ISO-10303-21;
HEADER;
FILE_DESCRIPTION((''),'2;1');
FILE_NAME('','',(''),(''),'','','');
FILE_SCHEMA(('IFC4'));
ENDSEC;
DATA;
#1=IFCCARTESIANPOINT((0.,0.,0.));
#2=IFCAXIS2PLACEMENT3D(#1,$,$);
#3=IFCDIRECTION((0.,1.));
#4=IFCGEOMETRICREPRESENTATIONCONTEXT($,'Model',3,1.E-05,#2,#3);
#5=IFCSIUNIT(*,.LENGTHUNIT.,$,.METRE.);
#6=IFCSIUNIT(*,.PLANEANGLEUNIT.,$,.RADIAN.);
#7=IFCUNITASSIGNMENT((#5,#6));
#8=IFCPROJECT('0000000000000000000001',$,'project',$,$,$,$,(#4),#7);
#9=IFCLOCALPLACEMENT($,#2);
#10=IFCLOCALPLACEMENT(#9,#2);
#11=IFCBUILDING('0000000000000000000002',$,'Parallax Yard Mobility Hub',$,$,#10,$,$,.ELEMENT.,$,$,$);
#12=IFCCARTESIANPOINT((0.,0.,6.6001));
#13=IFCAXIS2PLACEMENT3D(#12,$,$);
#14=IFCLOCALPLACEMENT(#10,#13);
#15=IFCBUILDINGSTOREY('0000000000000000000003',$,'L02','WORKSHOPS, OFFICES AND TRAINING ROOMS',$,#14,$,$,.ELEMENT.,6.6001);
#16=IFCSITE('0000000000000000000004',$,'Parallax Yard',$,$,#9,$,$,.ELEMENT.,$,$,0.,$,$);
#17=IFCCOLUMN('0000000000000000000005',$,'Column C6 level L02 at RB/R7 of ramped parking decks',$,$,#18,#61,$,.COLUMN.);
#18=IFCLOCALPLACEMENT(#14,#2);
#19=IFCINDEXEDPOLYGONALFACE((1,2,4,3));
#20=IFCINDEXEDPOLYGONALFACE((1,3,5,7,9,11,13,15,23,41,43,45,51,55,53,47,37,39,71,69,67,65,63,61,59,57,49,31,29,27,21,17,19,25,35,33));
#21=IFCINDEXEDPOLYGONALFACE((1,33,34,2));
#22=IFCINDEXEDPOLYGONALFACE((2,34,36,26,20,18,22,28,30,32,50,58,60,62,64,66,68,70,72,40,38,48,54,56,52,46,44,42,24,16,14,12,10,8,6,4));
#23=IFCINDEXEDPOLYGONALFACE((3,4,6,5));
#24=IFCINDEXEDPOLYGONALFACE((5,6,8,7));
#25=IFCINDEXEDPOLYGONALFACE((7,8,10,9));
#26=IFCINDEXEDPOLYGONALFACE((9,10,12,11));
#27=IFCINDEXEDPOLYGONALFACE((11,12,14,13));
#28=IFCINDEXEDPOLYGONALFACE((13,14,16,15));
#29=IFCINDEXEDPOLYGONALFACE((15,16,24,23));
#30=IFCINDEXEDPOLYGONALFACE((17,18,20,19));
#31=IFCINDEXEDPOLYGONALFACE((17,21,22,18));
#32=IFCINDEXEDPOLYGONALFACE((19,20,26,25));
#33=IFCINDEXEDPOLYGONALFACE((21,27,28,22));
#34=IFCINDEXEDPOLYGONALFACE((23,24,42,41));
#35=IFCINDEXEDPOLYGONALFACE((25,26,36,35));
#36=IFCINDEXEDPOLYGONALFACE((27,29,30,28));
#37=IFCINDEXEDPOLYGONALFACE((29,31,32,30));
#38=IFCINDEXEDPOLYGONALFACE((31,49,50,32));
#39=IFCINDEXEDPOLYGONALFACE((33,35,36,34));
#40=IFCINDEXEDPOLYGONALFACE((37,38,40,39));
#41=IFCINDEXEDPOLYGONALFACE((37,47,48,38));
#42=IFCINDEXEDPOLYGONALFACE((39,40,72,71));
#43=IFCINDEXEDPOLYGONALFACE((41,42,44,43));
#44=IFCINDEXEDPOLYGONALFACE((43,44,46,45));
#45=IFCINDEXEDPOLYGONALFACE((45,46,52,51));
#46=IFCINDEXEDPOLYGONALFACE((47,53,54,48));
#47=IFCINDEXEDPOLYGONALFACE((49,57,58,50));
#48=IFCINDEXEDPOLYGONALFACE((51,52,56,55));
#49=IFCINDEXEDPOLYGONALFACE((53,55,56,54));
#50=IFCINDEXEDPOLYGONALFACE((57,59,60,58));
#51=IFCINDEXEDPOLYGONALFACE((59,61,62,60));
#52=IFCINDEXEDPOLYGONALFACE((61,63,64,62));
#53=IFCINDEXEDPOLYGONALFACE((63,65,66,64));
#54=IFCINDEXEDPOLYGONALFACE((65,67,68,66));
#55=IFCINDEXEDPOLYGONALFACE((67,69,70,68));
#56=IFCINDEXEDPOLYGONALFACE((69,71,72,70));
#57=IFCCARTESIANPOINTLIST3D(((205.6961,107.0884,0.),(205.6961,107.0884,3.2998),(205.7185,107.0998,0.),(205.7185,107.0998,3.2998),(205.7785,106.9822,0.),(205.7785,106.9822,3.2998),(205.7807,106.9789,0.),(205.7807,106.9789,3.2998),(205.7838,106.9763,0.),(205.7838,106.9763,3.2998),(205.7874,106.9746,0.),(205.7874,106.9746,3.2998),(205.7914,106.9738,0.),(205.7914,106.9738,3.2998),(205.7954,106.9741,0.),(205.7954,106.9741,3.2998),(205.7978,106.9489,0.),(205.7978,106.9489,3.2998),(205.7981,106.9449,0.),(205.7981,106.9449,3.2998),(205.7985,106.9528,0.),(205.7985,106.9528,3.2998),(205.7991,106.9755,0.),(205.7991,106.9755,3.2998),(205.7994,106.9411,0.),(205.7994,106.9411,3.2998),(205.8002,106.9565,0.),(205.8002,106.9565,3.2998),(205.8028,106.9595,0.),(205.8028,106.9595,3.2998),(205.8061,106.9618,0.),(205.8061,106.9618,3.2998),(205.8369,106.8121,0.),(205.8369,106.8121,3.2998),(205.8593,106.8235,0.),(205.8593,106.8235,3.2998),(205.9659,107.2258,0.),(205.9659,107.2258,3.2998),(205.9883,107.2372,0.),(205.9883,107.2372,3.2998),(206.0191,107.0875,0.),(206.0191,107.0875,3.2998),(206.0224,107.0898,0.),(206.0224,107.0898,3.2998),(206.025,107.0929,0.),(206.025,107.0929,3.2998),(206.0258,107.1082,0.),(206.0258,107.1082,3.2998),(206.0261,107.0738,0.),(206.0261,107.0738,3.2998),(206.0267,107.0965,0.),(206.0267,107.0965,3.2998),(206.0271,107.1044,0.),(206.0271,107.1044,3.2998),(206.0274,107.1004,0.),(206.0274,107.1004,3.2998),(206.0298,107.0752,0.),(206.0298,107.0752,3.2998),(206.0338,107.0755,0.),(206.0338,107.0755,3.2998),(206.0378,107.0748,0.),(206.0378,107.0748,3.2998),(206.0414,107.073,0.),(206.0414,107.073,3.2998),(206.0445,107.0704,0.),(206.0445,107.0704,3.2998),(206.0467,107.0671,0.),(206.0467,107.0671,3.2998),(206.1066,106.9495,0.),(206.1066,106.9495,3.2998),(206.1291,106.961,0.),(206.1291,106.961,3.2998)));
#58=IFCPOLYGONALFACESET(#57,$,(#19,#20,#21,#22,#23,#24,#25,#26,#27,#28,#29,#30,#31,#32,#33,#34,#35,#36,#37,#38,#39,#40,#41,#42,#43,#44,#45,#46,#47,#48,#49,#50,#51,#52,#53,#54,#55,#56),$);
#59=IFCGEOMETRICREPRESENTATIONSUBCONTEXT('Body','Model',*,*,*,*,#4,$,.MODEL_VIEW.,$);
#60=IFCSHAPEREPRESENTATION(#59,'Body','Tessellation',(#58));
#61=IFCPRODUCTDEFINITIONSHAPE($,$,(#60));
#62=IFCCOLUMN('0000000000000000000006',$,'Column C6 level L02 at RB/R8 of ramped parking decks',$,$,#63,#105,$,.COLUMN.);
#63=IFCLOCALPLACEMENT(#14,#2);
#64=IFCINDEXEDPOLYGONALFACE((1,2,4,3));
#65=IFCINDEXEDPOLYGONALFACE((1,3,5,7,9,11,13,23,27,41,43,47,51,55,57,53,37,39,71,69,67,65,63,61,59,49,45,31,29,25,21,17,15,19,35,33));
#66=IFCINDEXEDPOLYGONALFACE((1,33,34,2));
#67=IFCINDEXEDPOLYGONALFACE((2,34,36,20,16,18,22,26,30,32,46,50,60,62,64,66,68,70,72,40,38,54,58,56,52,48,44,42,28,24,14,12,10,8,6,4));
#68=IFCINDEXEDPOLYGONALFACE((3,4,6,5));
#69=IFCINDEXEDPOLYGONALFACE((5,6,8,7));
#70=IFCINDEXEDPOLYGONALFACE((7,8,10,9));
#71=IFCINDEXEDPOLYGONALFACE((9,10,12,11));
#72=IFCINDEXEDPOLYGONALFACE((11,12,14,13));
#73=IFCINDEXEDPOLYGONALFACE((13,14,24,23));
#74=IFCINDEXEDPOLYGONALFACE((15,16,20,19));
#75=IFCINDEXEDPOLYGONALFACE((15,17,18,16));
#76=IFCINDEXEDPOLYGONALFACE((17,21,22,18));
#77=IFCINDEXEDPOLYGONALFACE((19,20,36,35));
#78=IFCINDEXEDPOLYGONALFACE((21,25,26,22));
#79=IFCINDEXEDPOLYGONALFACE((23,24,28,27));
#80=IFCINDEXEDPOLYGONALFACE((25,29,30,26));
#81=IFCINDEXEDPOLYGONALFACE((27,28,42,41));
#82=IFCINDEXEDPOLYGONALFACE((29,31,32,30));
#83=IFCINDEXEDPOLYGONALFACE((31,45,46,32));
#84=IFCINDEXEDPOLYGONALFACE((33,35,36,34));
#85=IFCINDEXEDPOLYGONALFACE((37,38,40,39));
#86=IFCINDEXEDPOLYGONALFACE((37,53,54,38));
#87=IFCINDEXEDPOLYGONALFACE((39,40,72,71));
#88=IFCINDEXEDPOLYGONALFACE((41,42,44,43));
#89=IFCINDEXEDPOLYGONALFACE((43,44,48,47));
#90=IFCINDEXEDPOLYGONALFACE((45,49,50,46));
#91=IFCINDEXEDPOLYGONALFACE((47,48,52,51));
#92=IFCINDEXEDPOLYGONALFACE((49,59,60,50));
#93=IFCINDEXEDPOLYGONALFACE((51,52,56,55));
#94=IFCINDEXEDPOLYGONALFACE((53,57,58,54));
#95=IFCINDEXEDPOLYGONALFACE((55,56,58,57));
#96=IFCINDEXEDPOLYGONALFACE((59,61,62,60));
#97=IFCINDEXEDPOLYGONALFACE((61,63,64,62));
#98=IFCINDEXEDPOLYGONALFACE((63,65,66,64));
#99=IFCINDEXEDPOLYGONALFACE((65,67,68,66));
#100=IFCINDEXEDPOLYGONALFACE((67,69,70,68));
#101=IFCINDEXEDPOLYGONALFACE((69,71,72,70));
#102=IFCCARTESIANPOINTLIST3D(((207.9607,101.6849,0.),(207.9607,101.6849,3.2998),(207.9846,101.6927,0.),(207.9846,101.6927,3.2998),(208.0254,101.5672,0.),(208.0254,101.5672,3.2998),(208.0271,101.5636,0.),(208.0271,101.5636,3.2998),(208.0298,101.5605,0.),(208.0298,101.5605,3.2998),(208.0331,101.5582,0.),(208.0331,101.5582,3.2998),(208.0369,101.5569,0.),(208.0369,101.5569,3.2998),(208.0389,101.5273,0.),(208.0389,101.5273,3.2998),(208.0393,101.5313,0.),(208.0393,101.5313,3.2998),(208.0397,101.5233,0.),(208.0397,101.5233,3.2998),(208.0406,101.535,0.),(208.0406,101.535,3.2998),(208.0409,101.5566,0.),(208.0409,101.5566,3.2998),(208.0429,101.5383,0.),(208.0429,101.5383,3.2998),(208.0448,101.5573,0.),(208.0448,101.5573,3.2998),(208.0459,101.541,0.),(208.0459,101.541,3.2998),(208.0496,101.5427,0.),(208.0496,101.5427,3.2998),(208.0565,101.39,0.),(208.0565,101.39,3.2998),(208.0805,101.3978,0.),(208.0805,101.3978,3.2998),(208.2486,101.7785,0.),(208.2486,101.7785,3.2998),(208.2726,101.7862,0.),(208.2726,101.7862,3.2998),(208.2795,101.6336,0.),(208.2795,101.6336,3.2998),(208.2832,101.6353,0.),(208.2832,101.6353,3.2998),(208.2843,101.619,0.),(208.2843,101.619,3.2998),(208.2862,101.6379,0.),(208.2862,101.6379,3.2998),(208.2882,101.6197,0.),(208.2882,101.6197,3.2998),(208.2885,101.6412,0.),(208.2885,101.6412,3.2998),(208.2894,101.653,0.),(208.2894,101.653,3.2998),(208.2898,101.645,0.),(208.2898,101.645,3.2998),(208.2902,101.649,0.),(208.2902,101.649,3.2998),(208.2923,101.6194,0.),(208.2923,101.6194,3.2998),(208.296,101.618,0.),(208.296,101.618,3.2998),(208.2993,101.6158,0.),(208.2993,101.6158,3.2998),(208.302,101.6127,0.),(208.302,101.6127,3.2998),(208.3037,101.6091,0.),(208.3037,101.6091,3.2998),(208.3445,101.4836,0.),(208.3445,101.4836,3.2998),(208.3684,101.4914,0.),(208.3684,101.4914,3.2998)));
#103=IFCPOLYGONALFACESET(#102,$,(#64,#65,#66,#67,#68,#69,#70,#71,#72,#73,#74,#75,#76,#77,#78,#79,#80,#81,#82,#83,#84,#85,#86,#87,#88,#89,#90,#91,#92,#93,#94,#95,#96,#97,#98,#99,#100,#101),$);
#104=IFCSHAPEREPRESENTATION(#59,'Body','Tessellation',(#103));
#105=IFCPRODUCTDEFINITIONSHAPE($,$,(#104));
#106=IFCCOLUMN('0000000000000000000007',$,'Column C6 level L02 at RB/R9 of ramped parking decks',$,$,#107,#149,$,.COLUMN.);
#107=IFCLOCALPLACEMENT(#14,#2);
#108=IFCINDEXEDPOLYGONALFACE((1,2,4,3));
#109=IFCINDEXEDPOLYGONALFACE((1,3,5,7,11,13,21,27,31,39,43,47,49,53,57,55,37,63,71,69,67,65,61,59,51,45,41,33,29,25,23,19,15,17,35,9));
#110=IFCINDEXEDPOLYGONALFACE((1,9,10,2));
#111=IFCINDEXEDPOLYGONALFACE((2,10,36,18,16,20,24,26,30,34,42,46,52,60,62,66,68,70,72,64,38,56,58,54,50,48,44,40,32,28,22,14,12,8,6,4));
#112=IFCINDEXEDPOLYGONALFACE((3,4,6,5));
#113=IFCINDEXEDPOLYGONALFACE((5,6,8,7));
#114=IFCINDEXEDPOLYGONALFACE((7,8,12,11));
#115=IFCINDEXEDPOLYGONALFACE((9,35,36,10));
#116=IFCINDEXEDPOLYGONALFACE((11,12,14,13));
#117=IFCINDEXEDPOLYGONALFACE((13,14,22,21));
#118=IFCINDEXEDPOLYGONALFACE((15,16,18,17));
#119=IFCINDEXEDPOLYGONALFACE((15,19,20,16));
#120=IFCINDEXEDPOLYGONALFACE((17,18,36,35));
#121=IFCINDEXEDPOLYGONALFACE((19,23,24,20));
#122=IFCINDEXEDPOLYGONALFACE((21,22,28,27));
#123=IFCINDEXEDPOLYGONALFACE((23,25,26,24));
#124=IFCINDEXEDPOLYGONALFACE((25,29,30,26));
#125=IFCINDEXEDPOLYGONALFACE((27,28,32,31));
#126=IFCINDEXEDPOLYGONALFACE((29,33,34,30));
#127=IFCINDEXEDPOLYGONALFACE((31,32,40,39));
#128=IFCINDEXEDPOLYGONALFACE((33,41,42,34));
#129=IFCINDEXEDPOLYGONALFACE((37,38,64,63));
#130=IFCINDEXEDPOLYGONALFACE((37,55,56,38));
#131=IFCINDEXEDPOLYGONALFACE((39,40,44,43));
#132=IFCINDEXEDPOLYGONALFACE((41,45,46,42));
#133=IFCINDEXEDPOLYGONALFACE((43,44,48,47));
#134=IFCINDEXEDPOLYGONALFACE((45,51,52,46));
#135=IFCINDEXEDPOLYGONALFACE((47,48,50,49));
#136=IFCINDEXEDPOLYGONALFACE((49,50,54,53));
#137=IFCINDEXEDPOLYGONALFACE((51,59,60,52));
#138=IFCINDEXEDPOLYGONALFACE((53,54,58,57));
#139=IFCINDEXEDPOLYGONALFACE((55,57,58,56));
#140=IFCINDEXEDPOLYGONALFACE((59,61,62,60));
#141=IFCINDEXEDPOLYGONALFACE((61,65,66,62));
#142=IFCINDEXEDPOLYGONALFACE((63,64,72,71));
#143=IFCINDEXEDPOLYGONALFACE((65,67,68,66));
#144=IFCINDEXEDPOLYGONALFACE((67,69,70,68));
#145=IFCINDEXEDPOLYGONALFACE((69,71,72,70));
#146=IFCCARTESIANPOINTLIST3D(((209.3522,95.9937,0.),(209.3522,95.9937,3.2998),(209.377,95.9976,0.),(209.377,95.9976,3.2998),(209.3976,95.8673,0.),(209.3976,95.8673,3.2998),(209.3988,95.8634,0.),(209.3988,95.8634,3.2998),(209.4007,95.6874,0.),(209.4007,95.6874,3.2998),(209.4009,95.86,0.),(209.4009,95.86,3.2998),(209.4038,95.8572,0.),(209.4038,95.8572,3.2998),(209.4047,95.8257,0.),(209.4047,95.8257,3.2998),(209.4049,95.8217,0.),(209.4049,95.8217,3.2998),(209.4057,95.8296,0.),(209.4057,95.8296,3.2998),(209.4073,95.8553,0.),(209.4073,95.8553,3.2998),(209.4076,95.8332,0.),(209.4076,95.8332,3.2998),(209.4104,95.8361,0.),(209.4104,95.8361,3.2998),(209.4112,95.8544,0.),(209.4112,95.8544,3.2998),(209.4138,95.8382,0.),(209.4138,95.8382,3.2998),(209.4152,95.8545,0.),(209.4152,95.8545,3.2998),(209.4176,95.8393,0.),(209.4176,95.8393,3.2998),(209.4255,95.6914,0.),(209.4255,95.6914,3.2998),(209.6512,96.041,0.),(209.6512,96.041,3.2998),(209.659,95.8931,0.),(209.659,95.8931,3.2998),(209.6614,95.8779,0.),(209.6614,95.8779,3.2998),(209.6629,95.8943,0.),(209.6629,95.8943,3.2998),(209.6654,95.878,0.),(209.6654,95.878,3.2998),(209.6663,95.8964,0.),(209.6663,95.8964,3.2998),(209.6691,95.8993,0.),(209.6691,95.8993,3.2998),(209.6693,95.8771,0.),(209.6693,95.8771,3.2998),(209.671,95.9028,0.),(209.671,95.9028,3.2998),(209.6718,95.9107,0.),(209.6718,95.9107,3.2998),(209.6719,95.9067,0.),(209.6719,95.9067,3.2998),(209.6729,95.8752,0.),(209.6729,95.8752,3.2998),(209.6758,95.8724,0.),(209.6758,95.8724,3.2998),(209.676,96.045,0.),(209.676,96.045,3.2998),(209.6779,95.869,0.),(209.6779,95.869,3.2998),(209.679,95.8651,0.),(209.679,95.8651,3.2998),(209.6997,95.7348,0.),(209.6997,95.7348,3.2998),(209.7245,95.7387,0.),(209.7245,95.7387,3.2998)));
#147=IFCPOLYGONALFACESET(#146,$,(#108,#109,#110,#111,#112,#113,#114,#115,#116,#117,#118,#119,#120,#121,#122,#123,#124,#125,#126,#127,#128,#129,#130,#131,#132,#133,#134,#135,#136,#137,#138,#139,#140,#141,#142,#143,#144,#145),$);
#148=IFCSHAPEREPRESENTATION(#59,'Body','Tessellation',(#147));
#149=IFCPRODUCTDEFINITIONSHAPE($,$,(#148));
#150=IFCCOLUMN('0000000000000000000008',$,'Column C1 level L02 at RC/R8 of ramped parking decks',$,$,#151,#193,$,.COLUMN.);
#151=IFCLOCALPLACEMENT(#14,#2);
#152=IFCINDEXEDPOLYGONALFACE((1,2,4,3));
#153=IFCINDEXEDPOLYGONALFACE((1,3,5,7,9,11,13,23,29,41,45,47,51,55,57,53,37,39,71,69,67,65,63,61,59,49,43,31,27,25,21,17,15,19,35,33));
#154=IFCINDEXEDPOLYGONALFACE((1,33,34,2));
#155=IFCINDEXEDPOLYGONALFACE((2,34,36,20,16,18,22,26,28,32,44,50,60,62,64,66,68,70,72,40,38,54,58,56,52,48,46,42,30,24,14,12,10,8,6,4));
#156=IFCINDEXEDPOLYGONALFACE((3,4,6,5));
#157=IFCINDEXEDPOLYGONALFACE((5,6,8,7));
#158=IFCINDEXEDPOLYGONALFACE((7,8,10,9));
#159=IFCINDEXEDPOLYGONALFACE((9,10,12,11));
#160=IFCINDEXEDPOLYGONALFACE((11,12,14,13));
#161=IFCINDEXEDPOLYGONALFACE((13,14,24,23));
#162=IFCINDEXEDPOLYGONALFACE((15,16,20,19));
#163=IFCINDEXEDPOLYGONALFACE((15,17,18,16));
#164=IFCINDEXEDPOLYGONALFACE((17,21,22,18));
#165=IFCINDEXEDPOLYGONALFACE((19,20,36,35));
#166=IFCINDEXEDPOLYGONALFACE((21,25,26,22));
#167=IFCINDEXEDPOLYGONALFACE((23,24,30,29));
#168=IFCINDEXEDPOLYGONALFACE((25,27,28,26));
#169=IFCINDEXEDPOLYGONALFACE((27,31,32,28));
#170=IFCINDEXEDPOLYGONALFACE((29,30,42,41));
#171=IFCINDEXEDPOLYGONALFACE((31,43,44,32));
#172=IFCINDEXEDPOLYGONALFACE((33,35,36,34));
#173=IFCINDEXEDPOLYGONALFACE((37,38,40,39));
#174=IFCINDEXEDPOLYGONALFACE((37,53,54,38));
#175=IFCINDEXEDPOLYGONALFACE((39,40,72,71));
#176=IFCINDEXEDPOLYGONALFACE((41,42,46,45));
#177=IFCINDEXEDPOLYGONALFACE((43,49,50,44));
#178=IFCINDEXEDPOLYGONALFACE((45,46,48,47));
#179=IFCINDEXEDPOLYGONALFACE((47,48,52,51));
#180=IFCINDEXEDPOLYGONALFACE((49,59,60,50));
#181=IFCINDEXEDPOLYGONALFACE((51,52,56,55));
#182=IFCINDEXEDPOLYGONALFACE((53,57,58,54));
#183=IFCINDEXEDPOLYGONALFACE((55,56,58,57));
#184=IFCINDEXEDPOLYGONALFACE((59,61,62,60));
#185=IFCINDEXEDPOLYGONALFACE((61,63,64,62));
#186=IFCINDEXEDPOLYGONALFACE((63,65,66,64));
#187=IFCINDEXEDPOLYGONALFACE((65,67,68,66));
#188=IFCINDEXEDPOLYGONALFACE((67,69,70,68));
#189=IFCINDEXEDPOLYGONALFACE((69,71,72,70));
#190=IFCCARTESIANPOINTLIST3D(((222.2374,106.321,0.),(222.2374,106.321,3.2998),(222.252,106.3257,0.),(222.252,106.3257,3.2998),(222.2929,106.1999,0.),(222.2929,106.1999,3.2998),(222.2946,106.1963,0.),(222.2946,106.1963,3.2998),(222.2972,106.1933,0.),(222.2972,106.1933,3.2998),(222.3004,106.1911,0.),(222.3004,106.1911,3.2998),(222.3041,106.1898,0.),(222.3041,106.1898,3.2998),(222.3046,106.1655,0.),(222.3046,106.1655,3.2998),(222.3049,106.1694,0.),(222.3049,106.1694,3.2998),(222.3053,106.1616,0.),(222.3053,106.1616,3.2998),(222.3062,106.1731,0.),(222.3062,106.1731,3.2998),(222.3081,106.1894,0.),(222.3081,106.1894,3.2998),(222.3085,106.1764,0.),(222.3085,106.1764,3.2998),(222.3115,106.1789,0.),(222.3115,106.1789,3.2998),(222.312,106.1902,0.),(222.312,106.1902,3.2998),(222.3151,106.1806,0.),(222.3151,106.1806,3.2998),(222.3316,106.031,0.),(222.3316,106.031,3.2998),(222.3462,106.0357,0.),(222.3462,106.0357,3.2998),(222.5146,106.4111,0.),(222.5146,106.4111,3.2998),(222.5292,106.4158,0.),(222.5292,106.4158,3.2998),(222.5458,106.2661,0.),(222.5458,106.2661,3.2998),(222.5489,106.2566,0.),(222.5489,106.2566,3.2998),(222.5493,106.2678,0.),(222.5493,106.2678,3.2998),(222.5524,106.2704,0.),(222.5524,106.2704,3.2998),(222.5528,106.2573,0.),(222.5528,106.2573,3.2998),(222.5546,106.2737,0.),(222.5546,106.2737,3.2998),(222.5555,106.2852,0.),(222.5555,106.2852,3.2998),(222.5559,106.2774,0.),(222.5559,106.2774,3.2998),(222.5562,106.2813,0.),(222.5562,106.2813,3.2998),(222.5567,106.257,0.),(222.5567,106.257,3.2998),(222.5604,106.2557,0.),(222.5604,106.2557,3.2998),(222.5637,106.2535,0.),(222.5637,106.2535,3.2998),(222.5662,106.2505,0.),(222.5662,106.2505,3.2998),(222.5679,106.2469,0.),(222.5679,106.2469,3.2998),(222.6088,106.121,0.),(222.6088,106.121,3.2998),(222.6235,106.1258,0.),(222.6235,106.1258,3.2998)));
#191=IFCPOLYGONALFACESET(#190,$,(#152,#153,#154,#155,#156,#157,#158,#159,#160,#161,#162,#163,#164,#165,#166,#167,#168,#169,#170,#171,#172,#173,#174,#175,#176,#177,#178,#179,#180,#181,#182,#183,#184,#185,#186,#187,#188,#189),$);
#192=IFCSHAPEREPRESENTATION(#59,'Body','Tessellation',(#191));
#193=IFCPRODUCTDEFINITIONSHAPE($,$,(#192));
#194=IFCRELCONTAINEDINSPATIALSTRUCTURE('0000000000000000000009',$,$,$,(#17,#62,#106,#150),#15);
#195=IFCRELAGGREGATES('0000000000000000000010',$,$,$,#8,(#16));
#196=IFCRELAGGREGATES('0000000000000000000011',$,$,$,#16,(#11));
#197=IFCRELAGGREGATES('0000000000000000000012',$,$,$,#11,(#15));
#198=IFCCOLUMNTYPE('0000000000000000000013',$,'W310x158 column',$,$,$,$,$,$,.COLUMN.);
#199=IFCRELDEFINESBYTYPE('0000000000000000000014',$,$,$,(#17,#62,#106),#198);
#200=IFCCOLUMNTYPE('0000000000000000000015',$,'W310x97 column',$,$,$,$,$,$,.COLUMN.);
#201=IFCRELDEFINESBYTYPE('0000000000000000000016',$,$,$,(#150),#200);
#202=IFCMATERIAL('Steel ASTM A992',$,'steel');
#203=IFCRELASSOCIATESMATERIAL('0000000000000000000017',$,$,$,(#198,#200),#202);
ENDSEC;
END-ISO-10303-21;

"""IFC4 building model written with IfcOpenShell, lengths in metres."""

from ifc_helpers import new_model, si_unit, direction, frame, origin, origin_2d, place, context, subcontext, project, spatial, i_section, extrude, material, material_profile, profile_set, type_object, element, save


model = new_model("IFC4")

# Units and contexts
model_context = context("Model", 3, precision=1e-05, world=origin(), true_north=direction((0.0, 1.0)))
body_context = subcontext(model_context, "Body", "Model", "MODEL_VIEW")
ifc_project = project(units=[si_unit("LENGTHUNIT", "METRE"), si_unit("PLANEANGLEUNIT", "RADIAN")], contexts=[model_context])

# Site, building, storey
site_placement = place(None, origin())
site = spatial("IfcSite", under=ifc_project, at=site_placement, Name="Parallax Yard", CompositionType="ELEMENT", RefElevation=0.0)
building_placement = place(site_placement, origin())
building = spatial("IfcBuilding", under=site, at=building_placement, Name="Parallax Yard Mobility Hub", CompositionType="ELEMENT")
storey_placement = place(building_placement, frame((0.0, 0.0, 6.6001)))
storey = spatial("IfcBuildingStorey", under=building, at=storey_placement, Name="L02", Description="WORKSHOPS, OFFICES AND TRAINING ROOMS", CompositionType="ELEMENT", Elevation=6.6001)

# Columns
ifc_material_1 = material(Name="Steel ASTM A992", Category="steel")
ifc_material_profile_1 = material_profile(ifc_material_1, i_section(OverallWidth=0.3101, OverallDepth=0.3279, WebThickness=0.0154, FlangeThickness=0.0251, FilletRadius=0.0154, at=origin_2d()), Name="W310x158")
ifc_profile_set_1 = profile_set([ifc_material_profile_1], Name="Steel ASTM A992")
column_type_1 = type_object("IfcColumnType", Name="W310x158 column", PredefinedType="COLUMN", material=ifc_profile_set_1)
for number, where, z_axis, x_axis, name in (
    (1, (205.9126, 107.0247, 0.0), (0.0, 0.0, 1.0), (-0.45399, 0.891007, 0.0), "Column C6 level L02 at RB/R7 of ramped parking decks"),
    (2, (208.1646, 101.5881, 0.0), (0.0, 0.0, 1.0), (-0.309017, 0.951057, 0.0), "Column C6 level L02 at RB/R8 of ramped parking decks"),
    (3, (209.5383, 95.8662, 0.0), (0.0, 0.0, 1.0), (-0.156434, 0.987688, 0.0), "Column C6 level L02 at RB/R9 of ramped parking decks"),
):
    element("IfcColumn", number, at=place(storey_placement, frame(where, z_axis=z_axis, x_axis=x_axis)), inside=storey, type_object=column_type_1, Name=name, PredefinedType="COLUMN", context=body_context, shape_type="SweptSolid", body=[
        extrude(i_section(OverallWidth=0.3101, OverallDepth=0.3279, WebThickness=0.0154, FlangeThickness=0.0251, FilletRadius=0.0154, at=origin_2d()), origin(), (0.0, 0.0, 1.0), 3.2998),
    ])
ifc_material_profile_2 = material_profile(ifc_material_1, i_section(OverallWidth=0.3049, OverallDepth=0.3069, WebThickness=0.01, FlangeThickness=0.0154, FilletRadius=0.0151, at=origin_2d()), Name="W310x97")
ifc_profile_set_2 = profile_set([ifc_material_profile_2], Name="Steel ASTM A992")
column_type_2 = type_object("IfcColumnType", Name="W310x97 column", PredefinedType="COLUMN", material=ifc_profile_set_2)
column_1_placement = place(storey_placement, frame((222.4304, 106.2234, 0.0), z_axis=(0.0, 0.0, 1.0), x_axis=(-0.309017, 0.951057, 0.0)))
element("IfcColumn", 4, at=column_1_placement, inside=storey, type_object=column_type_2, Name="Column C1 level L02 at RC/R8 of ramped parking decks", PredefinedType="COLUMN", context=body_context, shape_type="SweptSolid", body=[
    extrude(i_section(OverallWidth=0.3049, OverallDepth=0.3069, WebThickness=0.01, FlangeThickness=0.0154, FilletRadius=0.0151, at=origin_2d()), origin(), (0.0, 0.0, 1.0), 3.2998),
])

save(model, "model.ifc")
